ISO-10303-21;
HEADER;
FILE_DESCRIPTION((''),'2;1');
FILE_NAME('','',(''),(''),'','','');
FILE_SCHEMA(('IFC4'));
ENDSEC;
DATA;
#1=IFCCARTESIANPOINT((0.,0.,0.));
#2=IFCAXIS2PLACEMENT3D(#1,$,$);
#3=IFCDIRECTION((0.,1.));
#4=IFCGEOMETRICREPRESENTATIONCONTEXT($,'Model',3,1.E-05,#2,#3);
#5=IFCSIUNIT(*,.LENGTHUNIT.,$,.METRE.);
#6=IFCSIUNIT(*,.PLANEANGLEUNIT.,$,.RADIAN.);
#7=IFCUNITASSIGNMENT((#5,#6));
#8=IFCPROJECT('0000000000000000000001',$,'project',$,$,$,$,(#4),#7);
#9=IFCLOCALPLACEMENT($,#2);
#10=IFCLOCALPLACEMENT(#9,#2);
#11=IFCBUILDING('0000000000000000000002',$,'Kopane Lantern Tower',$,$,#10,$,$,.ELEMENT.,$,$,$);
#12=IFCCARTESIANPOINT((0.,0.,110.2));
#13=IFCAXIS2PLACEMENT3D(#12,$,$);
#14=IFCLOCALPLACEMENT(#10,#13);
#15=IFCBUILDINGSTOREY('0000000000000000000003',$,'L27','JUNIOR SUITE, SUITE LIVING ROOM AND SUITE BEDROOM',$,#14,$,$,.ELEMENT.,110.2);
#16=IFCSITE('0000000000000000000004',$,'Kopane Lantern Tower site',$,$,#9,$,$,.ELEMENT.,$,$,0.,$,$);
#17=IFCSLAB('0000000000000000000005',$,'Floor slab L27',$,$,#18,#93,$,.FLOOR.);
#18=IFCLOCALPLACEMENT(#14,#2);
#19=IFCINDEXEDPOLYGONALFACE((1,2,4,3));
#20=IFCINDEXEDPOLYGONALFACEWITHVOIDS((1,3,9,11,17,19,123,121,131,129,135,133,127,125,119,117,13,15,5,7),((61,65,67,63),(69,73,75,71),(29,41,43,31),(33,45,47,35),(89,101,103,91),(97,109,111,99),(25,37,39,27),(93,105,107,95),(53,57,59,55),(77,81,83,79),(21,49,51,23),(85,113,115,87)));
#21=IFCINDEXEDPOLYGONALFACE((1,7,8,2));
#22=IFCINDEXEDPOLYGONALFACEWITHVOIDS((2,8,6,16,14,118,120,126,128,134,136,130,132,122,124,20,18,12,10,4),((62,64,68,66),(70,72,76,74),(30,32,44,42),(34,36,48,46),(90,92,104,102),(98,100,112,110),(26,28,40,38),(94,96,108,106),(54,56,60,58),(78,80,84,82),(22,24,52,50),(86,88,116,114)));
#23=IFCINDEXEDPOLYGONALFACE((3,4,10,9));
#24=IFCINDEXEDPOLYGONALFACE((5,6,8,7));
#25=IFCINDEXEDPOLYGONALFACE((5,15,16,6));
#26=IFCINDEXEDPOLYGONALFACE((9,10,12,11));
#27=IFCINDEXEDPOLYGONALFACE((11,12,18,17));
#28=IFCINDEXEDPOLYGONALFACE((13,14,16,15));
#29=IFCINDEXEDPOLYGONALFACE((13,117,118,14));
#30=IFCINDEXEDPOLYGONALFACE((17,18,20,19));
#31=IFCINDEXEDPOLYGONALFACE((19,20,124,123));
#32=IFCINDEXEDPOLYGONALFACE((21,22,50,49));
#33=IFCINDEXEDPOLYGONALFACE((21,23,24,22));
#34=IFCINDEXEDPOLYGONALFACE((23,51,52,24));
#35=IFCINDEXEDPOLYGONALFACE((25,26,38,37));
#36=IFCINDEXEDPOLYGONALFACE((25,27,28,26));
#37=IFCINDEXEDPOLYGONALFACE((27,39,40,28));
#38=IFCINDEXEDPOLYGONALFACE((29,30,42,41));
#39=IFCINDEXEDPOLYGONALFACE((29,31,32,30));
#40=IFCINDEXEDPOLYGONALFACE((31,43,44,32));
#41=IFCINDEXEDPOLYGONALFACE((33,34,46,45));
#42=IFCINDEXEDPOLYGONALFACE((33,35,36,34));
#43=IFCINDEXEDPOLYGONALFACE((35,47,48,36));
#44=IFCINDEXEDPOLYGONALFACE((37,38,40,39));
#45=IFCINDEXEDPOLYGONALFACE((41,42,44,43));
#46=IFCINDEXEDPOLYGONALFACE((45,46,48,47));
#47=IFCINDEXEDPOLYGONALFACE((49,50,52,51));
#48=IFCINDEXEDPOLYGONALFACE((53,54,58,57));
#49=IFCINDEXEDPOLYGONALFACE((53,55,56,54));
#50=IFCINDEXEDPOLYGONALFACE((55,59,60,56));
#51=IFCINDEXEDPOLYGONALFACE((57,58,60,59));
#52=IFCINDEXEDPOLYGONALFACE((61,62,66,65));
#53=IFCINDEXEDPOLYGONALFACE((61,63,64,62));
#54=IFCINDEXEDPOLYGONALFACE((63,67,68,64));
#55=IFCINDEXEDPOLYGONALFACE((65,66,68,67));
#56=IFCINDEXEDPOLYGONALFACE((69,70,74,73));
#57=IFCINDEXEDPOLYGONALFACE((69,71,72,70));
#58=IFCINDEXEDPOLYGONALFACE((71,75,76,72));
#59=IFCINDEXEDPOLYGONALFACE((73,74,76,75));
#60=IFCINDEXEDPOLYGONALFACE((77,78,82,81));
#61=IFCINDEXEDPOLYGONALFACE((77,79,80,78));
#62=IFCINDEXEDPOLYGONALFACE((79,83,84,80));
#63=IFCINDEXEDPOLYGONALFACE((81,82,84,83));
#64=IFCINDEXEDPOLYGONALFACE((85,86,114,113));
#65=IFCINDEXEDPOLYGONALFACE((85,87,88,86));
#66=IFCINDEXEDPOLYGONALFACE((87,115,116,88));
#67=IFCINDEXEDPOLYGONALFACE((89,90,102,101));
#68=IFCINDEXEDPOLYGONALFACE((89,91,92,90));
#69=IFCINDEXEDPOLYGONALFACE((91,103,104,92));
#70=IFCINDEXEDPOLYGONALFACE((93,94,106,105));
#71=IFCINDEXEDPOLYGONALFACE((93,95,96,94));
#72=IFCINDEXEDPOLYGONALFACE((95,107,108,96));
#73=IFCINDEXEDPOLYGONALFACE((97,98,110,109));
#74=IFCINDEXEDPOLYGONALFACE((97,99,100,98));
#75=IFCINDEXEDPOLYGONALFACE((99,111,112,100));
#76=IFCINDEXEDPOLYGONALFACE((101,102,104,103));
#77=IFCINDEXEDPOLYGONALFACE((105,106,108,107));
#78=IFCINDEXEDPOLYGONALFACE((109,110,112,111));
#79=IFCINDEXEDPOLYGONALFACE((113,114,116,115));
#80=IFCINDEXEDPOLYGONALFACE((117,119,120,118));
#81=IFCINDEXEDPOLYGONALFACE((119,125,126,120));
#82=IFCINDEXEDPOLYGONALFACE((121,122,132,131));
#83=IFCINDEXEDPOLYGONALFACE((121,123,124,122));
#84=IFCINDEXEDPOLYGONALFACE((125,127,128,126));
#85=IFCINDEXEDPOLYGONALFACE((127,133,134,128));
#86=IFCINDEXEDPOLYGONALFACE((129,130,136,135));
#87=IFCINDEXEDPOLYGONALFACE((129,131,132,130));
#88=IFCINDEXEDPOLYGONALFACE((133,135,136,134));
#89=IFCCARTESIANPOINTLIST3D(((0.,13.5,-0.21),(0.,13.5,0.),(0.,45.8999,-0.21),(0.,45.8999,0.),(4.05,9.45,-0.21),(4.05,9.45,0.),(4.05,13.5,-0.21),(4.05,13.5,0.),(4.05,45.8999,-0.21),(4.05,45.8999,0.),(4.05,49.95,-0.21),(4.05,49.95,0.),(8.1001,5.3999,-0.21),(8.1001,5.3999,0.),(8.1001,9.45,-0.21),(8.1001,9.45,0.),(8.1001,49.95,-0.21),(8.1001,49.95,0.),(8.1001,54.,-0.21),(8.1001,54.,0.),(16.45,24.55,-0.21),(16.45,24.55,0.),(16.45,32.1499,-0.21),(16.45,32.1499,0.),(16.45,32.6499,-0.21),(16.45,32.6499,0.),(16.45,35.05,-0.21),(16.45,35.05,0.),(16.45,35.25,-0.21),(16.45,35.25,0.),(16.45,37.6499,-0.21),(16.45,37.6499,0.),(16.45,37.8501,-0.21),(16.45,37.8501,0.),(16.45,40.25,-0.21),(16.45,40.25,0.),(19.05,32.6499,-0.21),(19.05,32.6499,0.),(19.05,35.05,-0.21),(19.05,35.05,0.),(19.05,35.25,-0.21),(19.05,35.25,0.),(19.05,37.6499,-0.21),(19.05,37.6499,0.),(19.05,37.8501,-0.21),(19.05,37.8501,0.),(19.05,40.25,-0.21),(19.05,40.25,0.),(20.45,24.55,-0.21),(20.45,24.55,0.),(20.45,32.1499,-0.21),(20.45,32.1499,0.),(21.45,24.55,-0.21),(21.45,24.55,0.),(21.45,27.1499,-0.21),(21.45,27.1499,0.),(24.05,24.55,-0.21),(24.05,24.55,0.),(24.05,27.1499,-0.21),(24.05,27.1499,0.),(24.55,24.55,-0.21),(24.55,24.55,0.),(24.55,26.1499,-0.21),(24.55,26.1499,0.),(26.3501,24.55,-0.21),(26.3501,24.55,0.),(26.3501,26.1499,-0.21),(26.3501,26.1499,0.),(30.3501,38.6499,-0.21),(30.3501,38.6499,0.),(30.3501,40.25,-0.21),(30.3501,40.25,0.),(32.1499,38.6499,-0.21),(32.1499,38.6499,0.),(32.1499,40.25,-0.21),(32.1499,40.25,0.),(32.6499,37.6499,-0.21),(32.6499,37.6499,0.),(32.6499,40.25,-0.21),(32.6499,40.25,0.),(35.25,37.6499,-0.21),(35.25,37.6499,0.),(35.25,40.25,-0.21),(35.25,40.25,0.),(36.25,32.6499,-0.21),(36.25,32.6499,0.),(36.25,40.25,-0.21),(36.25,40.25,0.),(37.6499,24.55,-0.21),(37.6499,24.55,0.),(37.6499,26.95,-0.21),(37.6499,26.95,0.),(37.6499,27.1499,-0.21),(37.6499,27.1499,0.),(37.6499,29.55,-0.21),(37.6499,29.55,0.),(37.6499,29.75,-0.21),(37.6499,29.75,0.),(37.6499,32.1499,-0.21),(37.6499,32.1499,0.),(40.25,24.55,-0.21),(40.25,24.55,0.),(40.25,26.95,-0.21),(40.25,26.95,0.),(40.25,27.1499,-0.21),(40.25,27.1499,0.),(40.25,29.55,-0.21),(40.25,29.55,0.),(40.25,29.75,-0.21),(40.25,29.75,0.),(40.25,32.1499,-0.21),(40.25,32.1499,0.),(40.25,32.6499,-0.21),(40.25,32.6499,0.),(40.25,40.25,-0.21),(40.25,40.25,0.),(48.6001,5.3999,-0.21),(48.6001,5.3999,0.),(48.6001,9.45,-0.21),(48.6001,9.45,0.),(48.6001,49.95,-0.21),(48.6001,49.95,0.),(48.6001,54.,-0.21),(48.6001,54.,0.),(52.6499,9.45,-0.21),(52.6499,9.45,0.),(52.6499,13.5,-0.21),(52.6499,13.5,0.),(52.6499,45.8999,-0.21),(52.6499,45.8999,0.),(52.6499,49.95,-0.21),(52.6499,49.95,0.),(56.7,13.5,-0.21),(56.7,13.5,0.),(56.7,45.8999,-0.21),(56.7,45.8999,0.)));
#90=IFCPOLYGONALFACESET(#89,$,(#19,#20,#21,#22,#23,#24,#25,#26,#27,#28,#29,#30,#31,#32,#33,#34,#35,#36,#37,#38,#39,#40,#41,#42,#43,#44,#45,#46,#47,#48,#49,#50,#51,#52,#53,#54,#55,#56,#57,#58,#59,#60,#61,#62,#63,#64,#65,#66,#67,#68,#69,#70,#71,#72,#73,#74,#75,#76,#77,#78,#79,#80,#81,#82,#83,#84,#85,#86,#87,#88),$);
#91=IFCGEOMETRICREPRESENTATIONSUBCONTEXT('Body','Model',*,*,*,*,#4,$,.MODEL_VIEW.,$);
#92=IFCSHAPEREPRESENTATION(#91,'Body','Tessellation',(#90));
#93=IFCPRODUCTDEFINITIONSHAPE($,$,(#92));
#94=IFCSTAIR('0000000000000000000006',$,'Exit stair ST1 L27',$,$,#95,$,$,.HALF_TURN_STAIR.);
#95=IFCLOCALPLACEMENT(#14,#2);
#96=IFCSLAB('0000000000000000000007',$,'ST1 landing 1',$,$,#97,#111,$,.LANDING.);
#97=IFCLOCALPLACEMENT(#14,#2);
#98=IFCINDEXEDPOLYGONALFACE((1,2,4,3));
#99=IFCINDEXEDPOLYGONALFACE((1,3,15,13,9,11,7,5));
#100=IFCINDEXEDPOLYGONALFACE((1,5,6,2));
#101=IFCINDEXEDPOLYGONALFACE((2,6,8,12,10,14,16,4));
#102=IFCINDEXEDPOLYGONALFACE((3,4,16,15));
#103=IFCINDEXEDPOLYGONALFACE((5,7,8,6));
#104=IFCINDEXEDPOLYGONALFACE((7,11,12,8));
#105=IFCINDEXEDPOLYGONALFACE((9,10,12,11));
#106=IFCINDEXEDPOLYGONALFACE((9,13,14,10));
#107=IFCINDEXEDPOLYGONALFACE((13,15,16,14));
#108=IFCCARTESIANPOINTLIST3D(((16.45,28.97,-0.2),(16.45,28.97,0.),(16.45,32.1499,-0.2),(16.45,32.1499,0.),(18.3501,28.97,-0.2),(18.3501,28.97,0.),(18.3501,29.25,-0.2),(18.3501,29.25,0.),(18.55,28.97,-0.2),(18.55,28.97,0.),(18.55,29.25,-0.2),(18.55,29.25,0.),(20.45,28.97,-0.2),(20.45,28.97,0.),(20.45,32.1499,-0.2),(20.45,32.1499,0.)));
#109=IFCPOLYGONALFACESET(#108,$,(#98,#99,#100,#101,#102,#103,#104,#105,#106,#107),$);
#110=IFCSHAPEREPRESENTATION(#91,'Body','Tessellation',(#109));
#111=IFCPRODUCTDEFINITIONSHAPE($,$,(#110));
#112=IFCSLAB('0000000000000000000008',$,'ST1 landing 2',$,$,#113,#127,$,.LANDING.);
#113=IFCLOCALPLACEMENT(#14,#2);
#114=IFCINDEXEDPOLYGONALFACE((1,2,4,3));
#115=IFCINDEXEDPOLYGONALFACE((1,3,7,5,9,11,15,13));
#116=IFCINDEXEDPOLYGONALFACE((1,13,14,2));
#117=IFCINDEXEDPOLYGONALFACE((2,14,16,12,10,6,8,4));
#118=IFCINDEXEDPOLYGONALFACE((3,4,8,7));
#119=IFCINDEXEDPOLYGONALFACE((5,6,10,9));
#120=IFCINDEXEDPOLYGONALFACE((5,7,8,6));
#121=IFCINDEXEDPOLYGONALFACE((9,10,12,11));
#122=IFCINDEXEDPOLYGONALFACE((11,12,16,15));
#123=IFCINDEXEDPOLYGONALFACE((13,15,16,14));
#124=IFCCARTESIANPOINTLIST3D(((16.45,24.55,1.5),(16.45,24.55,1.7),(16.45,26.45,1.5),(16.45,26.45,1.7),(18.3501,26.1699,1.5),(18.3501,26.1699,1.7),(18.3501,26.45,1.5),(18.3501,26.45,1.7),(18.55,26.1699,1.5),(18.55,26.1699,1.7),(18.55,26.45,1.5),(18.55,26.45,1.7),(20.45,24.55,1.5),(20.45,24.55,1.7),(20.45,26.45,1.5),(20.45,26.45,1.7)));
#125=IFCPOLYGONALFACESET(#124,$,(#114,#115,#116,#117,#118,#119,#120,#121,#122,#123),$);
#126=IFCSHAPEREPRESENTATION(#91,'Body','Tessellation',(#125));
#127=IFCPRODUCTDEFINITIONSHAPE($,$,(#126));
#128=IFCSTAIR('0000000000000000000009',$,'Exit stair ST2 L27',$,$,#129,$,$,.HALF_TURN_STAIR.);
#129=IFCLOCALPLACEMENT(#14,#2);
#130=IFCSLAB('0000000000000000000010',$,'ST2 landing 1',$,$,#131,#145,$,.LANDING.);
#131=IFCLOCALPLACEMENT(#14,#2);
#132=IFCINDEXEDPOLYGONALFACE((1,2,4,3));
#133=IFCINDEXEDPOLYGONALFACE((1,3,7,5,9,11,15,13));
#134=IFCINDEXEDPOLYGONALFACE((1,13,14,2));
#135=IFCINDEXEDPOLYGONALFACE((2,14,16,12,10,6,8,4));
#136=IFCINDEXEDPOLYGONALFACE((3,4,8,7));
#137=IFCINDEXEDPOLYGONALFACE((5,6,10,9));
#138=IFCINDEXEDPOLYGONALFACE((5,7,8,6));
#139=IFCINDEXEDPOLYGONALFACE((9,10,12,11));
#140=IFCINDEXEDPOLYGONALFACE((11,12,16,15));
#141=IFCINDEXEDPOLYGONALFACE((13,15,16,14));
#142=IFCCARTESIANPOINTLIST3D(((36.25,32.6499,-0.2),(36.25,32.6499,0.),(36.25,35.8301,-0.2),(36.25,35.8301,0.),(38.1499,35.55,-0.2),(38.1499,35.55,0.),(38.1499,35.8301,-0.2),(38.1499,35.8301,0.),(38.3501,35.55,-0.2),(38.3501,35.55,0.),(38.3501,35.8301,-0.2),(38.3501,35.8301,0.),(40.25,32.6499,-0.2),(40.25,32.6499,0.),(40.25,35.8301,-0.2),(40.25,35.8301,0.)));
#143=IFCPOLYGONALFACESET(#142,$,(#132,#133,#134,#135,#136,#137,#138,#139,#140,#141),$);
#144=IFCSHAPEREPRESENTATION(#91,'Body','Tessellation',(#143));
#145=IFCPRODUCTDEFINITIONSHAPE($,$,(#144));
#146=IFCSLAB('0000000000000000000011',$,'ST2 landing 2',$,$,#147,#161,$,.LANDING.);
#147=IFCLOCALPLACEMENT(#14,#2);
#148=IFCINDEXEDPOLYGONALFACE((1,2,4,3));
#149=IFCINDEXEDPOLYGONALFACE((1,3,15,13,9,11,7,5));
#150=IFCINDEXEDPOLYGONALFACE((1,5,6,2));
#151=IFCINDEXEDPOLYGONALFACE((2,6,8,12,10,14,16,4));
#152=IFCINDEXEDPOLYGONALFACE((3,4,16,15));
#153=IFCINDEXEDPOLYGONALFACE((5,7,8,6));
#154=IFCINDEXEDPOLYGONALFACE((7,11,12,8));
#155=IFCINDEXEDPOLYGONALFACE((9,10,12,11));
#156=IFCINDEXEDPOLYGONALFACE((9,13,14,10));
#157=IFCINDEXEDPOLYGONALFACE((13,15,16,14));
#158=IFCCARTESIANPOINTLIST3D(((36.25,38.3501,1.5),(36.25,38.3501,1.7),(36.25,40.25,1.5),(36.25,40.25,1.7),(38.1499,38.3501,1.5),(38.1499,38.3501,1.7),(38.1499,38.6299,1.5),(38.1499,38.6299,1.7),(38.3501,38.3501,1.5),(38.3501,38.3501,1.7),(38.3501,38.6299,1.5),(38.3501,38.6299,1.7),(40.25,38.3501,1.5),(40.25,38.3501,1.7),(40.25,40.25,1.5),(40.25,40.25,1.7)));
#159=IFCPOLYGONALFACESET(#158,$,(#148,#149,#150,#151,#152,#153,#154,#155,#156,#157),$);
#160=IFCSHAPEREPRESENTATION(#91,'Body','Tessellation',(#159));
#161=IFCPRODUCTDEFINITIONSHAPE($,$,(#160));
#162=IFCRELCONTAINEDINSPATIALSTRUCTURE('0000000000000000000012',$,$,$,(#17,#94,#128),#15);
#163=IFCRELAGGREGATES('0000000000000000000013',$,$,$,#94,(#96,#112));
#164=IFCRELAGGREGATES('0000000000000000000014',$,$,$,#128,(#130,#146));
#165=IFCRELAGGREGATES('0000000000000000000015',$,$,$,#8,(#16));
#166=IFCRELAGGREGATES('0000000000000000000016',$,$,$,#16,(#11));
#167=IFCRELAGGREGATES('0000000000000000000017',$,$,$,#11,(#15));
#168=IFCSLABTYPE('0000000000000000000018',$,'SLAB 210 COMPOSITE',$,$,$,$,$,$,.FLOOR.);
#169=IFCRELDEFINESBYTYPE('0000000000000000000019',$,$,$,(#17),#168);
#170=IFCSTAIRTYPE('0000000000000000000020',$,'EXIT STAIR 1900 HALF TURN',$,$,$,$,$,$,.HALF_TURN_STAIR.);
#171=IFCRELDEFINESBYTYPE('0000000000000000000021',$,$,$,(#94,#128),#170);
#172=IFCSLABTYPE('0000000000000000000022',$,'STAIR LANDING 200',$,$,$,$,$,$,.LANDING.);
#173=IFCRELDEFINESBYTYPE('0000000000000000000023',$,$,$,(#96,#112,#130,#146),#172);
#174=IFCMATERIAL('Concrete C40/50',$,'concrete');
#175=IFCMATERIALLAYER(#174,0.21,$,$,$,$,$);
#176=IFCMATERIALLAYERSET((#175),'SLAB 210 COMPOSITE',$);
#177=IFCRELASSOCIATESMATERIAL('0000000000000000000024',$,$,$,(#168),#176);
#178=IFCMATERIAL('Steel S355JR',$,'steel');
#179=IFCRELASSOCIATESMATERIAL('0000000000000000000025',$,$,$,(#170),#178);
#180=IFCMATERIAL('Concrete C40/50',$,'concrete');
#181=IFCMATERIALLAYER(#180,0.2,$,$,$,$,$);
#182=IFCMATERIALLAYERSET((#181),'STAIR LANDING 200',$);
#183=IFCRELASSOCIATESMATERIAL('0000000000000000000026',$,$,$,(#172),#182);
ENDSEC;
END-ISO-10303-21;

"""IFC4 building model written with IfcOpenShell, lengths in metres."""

from ifc_helpers import new_model, si_unit, direction, frame, origin, place, context, subcontext, project, spatial, polyline, outline, extrude, material, layer, layer_set, type_object, element, aggregate, save


model = new_model("IFC4")

# Units and contexts
model_context = context("Model", 3, precision=1e-05, world=origin(), true_north=direction((0.0, 1.0)))
body_context = subcontext(model_context, "Body", "Model", "MODEL_VIEW")
ifc_project = project(units=[si_unit("LENGTHUNIT", "METRE"), si_unit("PLANEANGLEUNIT", "RADIAN")], contexts=[model_context])

# Site, building, storey
site_placement = place(None, origin())
site = spatial("IfcSite", under=ifc_project, at=site_placement, Name="Kopane Lantern Tower site", CompositionType="ELEMENT", RefElevation=0.0)
building_placement = place(site_placement, origin())
building = spatial("IfcBuilding", under=site, at=building_placement, Name="Kopane Lantern Tower", CompositionType="ELEMENT")
storey_placement = place(building_placement, frame((0.0, 0.0, 110.2)))
storey = spatial("IfcBuildingStorey", under=building, at=storey_placement, Name="L27", Description="JUNIOR SUITE, SUITE LIVING ROOM AND SUITE BEDROOM", CompositionType="ELEMENT", Elevation=110.2)

# Slab
ifc_material_1 = material(Name="Concrete C40/50", Category="concrete")
ifc_layer_1 = layer(ifc_material_1, 0.21)
ifc_layer_set_1 = layer_set([ifc_layer_1], Name="SLAB 210 COMPOSITE")
slab_type_1 = type_object("IfcSlabType", Name="SLAB 210 COMPOSITE", PredefinedType="FLOOR", material=ifc_layer_set_1)
slab_1_placement = place(storey_placement, frame((0.0, 0.0, -0.21)))
element("IfcSlab", 1, at=slab_1_placement, inside=storey, type_object=slab_type_1, Name="Floor slab L27", PredefinedType="FLOOR", context=body_context, shape_type="SweptSolid", body=[
    extrude(outline(polyline([(8.1001, 5.3999), (48.6001, 5.3999), (48.6001, 9.45), (52.6499, 9.45), (52.6499, 13.5), (56.7, 13.5), (56.7, 45.8999), (52.6499, 45.8999), (52.6499, 49.95), (48.6001, 49.95), (48.6001, 54.0), (8.1001, 54.0), (8.1001, 49.95), (4.05, 49.95), (4.05, 45.8999), (0.0, 45.8999), (0.0, 13.5), (4.05, 13.5), (4.05, 9.45), (8.1001, 9.45), (8.1001, 5.3999)]), holes=[polyline([(16.45, 24.55), (20.45, 24.55), (20.45, 32.1499), (16.45, 32.1499), (16.45, 24.55)]), polyline([(36.25, 32.6499), (40.25, 32.6499), (40.25, 40.25), (36.25, 40.25), (36.25, 32.6499)]), polyline([(16.45, 32.6499), (19.05, 32.6499), (19.05, 35.05), (16.45, 35.05), (16.45, 32.6499)]), polyline([(16.45, 35.25), (19.05, 35.25), (19.05, 37.6499), (16.45, 37.6499), (16.45, 35.25)]), polyline([(16.45, 37.8501), (19.05, 37.8501), (19.05, 40.25), (16.45, 40.25), (16.45, 37.8501)]), polyline([(37.6499, 24.55), (40.25, 24.55), (40.25, 26.95), (37.6499, 26.95), (37.6499, 24.55)]), polyline([(37.6499, 27.1499), (40.25, 27.1499), (40.25, 29.55), (37.6499, 29.55), (37.6499, 27.1499)]), polyline([(37.6499, 29.75), (40.25, 29.75), (40.25, 32.1499), (37.6499, 32.1499), (37.6499, 29.75)]), polyline([(21.45, 24.55), (24.05, 24.55), (24.05, 27.1499), (21.45, 27.1499), (21.45, 24.55)]), polyline([(32.6499, 37.6499), (35.25, 37.6499), (35.25, 40.25), (32.6499, 40.25), (32.6499, 37.6499)]), polyline([(24.55, 24.55), (26.3501, 24.55), (26.3501, 26.1499), (24.55, 26.1499), (24.55, 24.55)]), polyline([(30.3501, 38.6499), (32.1499, 38.6499), (32.1499, 40.25), (30.3501, 40.25), (30.3501, 38.6499)])]), origin(), (0.0, 0.0, 1.0), 0.21),
])

# Stairs, slabs
ifc_material_2 = material(Name="Steel S355JR", Category="steel")
stair_type = type_object("IfcStairType", Name="EXIT STAIR 1900 HALF TURN", PredefinedType="HALF_TURN_STAIR", material=ifc_material_2)
stair_1_placement = place(storey_placement, origin())
stair_1 = element("IfcStair", 2, at=stair_1_placement, inside=storey, type_object=stair_type, Name="Exit stair ST1 L27", PredefinedType="HALF_TURN_STAIR")
ifc_material_3 = material(Name="Concrete C40/50", Category="concrete")
ifc_layer_2 = layer(ifc_material_3, 0.2)
ifc_layer_set_2 = layer_set([ifc_layer_2], Name="STAIR LANDING 200")
slab_type_2 = type_object("IfcSlabType", Name="STAIR LANDING 200", PredefinedType="LANDING", material=ifc_layer_set_2)
slab_2_placement = place(storey_placement, frame((0.0, 0.0, -0.2)))
slab_2 = element("IfcSlab", 3, at=slab_2_placement, type_object=slab_type_2, Name="ST1 landing 1", PredefinedType="LANDING", context=body_context, shape_type="SweptSolid", body=[
    extrude(outline(polyline([(18.3501, 29.25), (18.55, 29.25), (18.55, 28.97), (20.45, 28.97), (20.45, 32.1499), (16.45, 32.1499), (16.45, 28.97), (18.3501, 28.97), (18.3501, 29.25)])), origin(), (0.0, 0.0, 1.0), 0.2),
])
slab_3_placement = place(storey_placement, frame((0.0, 0.0, 1.5)))
slab_3 = element("IfcSlab", 4, at=slab_3_placement, type_object=slab_type_2, Name="ST1 landing 2", PredefinedType="LANDING", context=body_context, shape_type="SweptSolid", body=[
    extrude(outline(polyline([(20.45, 26.45), (18.55, 26.45), (18.55, 26.1699), (18.3501, 26.1699), (18.3501, 26.45), (16.45, 26.45), (16.45, 24.55), (20.45, 24.55), (20.45, 26.45)])), origin(), (0.0, 0.0, 1.0), 0.2),
])
aggregate(stair_1, [slab_2, slab_3])
stair_2_placement = place(storey_placement, origin())
stair_2 = element("IfcStair", 5, at=stair_2_placement, inside=storey, type_object=stair_type, Name="Exit stair ST2 L27", PredefinedType="HALF_TURN_STAIR")
slab_4_placement = place(storey_placement, frame((0.0, 0.0, -0.2)))
slab_4 = element("IfcSlab", 6, at=slab_4_placement, type_object=slab_type_2, Name="ST2 landing 1", PredefinedType="LANDING", context=body_context, shape_type="SweptSolid", body=[
    extrude(outline(polyline([(40.25, 35.8301), (38.3501, 35.8301), (38.3501, 35.55), (38.1499, 35.55), (38.1499, 35.8301), (36.25, 35.8301), (36.25, 32.6499), (40.25, 32.6499), (40.25, 35.8301)])), origin(), (0.0, 0.0, 1.0), 0.2),
])
slab_5_placement = place(storey_placement, frame((0.0, 0.0, 1.5)))
slab_5 = element("IfcSlab", 7, at=slab_5_placement, type_object=slab_type_2, Name="ST2 landing 2", PredefinedType="LANDING", context=body_context, shape_type="SweptSolid", body=[
    extrude(outline(polyline([(38.1499, 38.6299), (38.3501, 38.6299), (38.3501, 38.3501), (40.25, 38.3501), (40.25, 40.25), (36.25, 40.25), (36.25, 38.3501), (38.1499, 38.3501), (38.1499, 38.6299)])), origin(), (0.0, 0.0, 1.0), 0.2),
])
aggregate(stair_2, [slab_4, slab_5])

save(model, "model.ifc")
